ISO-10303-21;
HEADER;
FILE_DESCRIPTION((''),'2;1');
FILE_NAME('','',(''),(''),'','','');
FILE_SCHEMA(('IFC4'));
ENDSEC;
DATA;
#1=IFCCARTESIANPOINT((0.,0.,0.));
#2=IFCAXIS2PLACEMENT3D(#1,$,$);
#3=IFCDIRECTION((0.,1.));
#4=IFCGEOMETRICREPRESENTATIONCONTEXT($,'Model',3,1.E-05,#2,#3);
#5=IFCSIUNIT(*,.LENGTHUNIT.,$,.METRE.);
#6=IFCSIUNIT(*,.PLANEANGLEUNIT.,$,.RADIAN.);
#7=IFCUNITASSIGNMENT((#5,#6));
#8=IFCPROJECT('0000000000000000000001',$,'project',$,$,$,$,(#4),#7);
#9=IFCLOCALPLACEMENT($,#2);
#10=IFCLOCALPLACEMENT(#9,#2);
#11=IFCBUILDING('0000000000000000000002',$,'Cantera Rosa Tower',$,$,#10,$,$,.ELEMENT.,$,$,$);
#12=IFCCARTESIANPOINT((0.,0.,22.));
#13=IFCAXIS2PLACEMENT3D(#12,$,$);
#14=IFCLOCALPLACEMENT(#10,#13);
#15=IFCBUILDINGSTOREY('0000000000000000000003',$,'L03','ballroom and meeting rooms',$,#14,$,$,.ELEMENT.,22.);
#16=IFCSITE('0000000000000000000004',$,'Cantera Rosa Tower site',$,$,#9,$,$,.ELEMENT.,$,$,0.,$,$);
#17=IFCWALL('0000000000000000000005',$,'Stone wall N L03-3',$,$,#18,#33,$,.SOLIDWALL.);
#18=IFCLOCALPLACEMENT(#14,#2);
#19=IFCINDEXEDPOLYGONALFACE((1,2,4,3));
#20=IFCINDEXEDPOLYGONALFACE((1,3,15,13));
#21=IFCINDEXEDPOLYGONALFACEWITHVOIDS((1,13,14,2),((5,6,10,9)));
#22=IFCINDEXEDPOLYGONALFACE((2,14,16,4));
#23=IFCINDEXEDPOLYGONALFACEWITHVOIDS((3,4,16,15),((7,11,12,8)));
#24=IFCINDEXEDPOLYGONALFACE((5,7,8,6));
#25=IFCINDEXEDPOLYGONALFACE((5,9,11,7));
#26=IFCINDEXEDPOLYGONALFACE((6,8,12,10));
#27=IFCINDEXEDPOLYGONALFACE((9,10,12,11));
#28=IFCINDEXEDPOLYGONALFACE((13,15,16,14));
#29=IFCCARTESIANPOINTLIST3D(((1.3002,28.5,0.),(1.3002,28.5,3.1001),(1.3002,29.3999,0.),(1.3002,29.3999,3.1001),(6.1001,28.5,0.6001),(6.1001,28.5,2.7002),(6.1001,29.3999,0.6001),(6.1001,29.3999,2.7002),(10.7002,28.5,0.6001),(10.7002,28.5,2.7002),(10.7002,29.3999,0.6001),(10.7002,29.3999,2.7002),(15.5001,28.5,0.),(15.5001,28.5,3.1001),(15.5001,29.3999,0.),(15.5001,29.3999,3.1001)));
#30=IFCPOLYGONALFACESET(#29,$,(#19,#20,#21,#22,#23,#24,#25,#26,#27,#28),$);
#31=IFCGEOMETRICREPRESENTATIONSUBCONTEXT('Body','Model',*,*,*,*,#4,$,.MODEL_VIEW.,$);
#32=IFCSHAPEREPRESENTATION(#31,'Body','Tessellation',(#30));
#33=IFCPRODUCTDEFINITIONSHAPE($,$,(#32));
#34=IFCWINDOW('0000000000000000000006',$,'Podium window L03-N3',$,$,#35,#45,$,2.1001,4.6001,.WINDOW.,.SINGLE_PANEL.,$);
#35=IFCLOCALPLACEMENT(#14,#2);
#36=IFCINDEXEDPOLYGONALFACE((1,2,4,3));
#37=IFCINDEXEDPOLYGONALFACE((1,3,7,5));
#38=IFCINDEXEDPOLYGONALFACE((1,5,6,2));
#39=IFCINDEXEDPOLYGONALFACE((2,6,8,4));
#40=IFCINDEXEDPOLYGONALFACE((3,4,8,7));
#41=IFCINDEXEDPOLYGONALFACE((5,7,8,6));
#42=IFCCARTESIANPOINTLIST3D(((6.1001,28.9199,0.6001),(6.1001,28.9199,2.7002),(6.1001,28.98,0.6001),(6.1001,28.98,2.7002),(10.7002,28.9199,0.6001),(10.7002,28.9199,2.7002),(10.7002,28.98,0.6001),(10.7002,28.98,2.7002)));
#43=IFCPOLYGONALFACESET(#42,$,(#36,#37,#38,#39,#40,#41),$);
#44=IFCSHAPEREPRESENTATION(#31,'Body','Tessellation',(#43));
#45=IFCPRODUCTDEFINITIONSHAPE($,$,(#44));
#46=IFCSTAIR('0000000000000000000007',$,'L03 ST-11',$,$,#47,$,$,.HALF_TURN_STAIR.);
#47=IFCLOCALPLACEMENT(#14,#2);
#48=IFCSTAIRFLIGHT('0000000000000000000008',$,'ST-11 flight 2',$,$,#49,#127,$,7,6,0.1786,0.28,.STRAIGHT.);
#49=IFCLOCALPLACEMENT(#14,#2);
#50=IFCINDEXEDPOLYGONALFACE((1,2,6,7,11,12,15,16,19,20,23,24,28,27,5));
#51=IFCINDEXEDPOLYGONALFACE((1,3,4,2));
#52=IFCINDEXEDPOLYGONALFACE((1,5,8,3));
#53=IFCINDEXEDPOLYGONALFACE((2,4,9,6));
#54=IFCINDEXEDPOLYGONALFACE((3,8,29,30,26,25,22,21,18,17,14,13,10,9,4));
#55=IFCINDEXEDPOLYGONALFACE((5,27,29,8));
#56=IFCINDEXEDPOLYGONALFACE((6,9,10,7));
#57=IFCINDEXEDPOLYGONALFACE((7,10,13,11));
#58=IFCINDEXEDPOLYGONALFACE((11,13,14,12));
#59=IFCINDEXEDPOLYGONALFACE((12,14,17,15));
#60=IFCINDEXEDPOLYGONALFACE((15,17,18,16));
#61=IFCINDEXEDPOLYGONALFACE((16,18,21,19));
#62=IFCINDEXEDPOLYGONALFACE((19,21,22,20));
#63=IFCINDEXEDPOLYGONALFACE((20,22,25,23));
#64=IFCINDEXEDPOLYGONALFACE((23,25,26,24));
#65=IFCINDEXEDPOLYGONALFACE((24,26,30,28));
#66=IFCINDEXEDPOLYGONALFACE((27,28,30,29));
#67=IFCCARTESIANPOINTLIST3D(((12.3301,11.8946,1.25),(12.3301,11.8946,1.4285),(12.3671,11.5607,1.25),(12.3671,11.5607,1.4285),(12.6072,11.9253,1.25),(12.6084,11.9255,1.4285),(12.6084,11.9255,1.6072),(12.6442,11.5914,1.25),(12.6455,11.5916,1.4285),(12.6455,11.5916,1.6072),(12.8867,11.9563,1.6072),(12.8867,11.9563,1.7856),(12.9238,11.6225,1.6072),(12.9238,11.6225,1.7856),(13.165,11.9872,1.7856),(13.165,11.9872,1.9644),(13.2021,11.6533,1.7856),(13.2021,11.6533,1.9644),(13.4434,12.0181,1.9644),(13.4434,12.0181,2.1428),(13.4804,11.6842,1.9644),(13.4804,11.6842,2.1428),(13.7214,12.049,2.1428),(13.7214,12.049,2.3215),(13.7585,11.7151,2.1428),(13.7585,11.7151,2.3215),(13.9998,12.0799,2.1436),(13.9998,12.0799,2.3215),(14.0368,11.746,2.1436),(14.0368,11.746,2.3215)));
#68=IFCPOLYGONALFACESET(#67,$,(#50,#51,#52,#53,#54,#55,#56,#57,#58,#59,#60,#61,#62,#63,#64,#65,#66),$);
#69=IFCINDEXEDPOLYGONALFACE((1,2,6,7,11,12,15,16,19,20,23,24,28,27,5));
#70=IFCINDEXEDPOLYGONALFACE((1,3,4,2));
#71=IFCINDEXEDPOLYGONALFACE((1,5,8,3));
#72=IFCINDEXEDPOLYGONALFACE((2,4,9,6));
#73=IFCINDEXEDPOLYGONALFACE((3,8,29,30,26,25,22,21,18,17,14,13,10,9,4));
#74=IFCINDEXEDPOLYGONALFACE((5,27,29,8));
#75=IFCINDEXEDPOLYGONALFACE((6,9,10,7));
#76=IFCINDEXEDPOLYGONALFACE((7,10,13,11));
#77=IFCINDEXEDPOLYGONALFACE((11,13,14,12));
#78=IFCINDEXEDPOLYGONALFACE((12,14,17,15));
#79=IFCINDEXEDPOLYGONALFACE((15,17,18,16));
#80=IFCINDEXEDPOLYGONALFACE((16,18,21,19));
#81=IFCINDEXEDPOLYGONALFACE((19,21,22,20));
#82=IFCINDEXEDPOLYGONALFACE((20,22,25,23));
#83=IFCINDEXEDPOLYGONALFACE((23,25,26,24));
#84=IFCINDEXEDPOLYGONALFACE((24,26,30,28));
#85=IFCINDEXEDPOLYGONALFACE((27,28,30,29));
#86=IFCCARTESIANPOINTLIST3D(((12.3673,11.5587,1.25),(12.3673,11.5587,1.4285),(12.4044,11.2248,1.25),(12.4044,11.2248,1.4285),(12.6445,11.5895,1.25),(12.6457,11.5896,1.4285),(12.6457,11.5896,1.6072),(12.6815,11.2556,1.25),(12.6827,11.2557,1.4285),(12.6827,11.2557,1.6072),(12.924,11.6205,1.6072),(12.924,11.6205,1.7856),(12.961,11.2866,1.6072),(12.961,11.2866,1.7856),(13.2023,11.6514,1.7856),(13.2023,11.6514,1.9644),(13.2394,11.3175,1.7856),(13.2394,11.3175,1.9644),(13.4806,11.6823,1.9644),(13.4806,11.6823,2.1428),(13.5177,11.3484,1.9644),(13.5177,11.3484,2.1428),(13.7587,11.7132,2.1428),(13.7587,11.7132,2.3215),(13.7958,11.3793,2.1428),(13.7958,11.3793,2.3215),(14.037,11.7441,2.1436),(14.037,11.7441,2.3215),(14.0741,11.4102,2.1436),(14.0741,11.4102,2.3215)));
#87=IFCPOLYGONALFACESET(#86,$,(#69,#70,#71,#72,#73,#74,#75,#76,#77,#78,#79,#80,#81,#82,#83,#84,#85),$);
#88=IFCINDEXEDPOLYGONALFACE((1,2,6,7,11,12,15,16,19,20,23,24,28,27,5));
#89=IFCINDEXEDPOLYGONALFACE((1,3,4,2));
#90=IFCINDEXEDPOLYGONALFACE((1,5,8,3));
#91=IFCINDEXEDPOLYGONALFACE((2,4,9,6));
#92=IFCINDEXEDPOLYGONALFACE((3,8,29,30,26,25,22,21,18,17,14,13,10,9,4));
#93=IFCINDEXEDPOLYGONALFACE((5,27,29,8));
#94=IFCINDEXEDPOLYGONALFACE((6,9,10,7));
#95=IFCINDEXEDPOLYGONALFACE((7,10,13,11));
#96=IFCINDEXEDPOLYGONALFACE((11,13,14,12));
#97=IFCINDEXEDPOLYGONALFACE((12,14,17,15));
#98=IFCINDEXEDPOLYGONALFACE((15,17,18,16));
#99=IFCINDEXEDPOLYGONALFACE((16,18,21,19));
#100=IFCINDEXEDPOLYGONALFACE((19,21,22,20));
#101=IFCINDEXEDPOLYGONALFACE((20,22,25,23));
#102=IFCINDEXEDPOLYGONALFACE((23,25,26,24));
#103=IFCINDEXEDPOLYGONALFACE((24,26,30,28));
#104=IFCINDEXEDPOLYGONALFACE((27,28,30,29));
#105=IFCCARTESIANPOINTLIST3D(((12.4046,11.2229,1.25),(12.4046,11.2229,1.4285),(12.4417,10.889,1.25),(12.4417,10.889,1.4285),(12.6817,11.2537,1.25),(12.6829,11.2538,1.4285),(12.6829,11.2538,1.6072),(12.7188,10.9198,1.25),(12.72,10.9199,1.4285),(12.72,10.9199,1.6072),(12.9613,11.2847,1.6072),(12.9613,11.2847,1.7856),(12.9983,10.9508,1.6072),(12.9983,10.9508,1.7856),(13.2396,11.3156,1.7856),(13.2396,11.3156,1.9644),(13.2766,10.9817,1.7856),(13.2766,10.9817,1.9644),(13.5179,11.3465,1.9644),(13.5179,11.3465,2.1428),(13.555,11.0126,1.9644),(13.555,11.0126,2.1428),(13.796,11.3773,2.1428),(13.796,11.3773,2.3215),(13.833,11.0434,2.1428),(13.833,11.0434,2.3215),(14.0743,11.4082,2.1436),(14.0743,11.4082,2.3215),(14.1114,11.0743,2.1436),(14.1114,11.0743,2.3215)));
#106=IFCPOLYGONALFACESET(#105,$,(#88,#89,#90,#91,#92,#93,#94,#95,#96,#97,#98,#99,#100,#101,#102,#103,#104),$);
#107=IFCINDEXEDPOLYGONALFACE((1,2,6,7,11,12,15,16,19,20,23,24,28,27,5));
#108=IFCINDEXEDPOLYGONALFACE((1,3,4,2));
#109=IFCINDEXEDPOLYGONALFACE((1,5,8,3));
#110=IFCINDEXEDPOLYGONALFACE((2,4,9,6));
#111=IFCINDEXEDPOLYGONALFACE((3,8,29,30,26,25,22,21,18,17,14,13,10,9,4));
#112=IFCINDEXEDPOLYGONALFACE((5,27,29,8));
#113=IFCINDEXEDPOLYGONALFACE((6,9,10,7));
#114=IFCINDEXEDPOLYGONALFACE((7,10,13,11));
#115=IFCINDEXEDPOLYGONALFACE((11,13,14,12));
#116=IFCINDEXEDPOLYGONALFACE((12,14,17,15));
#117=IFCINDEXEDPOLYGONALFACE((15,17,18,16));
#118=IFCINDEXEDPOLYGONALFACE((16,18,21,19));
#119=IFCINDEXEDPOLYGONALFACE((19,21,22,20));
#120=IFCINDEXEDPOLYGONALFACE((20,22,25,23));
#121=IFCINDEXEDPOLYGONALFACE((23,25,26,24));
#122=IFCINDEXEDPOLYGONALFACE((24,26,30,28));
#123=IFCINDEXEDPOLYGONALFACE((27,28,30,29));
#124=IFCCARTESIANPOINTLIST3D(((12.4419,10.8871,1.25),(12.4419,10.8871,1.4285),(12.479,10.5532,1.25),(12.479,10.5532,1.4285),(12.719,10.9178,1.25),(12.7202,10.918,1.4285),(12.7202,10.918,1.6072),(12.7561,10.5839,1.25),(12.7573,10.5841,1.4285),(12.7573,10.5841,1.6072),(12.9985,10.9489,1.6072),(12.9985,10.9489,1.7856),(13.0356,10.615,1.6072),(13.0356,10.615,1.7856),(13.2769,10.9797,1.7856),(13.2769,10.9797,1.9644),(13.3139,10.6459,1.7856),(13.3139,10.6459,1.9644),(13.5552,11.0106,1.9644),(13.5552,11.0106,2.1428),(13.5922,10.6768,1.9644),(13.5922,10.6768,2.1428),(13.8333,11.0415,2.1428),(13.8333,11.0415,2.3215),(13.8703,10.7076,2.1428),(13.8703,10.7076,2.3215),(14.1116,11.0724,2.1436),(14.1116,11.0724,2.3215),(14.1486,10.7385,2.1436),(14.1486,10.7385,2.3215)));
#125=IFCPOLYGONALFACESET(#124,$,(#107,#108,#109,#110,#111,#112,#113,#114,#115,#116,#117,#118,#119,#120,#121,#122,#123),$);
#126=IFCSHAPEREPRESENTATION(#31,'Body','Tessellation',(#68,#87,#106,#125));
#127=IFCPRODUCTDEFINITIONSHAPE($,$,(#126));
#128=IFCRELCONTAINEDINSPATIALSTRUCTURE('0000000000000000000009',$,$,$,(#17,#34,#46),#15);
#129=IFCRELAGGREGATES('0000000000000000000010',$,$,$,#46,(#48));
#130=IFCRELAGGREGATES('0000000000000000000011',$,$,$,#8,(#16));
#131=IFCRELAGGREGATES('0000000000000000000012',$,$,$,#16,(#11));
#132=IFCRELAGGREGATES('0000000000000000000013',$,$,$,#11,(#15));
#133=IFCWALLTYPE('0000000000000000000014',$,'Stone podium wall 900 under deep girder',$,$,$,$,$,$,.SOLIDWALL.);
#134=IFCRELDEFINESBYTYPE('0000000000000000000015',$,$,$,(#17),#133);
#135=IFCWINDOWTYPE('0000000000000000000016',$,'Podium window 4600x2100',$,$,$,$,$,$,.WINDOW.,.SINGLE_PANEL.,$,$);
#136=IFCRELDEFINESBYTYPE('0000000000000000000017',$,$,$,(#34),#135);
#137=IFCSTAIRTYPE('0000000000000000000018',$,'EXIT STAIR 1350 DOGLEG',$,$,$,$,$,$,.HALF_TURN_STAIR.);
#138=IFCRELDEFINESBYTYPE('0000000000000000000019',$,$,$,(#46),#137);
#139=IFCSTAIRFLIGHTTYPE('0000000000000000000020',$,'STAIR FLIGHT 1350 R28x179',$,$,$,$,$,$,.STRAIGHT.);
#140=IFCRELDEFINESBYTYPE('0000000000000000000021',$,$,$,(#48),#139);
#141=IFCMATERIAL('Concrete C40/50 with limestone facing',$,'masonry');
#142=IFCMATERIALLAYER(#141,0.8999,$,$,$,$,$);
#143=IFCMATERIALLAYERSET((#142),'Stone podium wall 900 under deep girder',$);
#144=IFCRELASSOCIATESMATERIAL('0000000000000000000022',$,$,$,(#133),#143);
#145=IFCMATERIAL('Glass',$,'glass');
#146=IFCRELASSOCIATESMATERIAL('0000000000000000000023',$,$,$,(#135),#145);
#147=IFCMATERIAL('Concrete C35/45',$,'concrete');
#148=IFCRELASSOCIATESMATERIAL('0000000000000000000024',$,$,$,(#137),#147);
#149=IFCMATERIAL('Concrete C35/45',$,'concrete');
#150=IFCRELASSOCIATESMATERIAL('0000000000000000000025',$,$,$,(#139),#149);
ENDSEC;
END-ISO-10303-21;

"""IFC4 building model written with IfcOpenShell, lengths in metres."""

from ifc_helpers import new_model, si_unit, direction, frame, frame_2d, origin, place, context, subcontext, project, spatial, polyline, rectangle, outline, extrude, material, layer, layer_set, type_object, element, fill, aggregate, save


model = new_model("IFC4")

# Units and contexts
model_context = context("Model", 3, precision=1e-05, world=origin(), true_north=direction((0.0, 1.0)))
body_context = subcontext(model_context, "Body", "Model", "MODEL_VIEW")
ifc_project = project(units=[si_unit("LENGTHUNIT", "METRE"), si_unit("PLANEANGLEUNIT", "RADIAN")], contexts=[model_context])

# Site, building, storey
site_placement = place(None, origin())
site = spatial("IfcSite", under=ifc_project, at=site_placement, Name="Cantera Rosa Tower site", CompositionType="ELEMENT", RefElevation=0.0)
building_placement = place(site_placement, origin())
building = spatial("IfcBuilding", under=site, at=building_placement, Name="Cantera Rosa Tower", CompositionType="ELEMENT")
storey_placement = place(building_placement, frame((0.0, 0.0, 22.0)))
storey = spatial("IfcBuildingStorey", under=building, at=storey_placement, Name="L03", Description="ballroom and meeting rooms", CompositionType="ELEMENT", Elevation=22.0)

# Wall, opening, window
ifc_material_1 = material(Name="Concrete C40/50 with limestone facing", Category="masonry")
ifc_layer_1 = layer(ifc_material_1, 0.8999)
ifc_layer_set_1 = layer_set([ifc_layer_1], Name="Stone podium wall 900 under deep girder")
wall_type_1 = type_object("IfcWallType", Name="Stone podium wall 900 under deep girder", PredefinedType="SOLIDWALL", material=ifc_layer_set_1)
wall_1_placement = place(storey_placement, frame((1.3, 28.95, 0.0), z_axis=(0.0, 0.0, 1.0), x_axis=(1.0, 0.0, 0.0)))
wall_1 = element("IfcWall", 1, at=wall_1_placement, inside=storey, type_object=wall_type_1, Name="Stone wall N L03-3", PredefinedType="SOLIDWALL", context=body_context, shape_type="SweptSolid", body=[
    extrude(rectangle(XDim=14.2, YDim=0.8999, at=frame_2d((7.1001, 0.0))), origin(), (0.0, 0.0, 1.0), 3.1001),
])
opening_1_placement = place(wall_1_placement, frame((4.8, 0.0, 0.6001)))
opening_1 = element("IfcOpeningElement", 2, at=opening_1_placement, cuts=wall_1, PredefinedType="OPENING", context=body_context, shape_type="SweptSolid", body=[
    extrude(rectangle(XDim=4.6001, YDim=2.1001, at=frame_2d((2.3, 1.05))), frame((0.0, 0.46, 0.0), z_axis=(0.0, -1.0, 0.0), x_axis=(1.0, 0.0, 0.0)), (0.0, 0.0, 1.0), 0.9199),
])
ifc_material_2 = material(Name="Glass", Category="glass")
window_type = type_object("IfcWindowType", Name="Podium window 4600x2100", PartitioningType="SINGLE_PANEL", PredefinedType="WINDOW", material=ifc_material_2)
window_placement = place(opening_1_placement, origin())
window = element("IfcWindow", 3, at=window_placement, inside=storey, type_object=window_type, Name="Podium window L03-N3", OverallHeight=2.1001, OverallWidth=4.6001, PartitioningType="SINGLE_PANEL", PredefinedType="WINDOW", context=body_context, shape_type="SweptSolid", body=[
    extrude(rectangle(XDim=4.6001, YDim=2.1001, at=frame_2d((2.3, 1.05))), frame((0.0, 0.03, 0.0), z_axis=(0.0, -1.0, 0.0), x_axis=(1.0, 0.0, 0.0)), (0.0, 0.0, 1.0), 0.0601),
])
fill(opening_1, window)

# Stair, stair flight
ifc_material_3 = material(Name="Concrete C35/45", Category="concrete")
stair_type = type_object("IfcStairType", Name="EXIT STAIR 1350 DOGLEG", PredefinedType="HALF_TURN_STAIR", material=ifc_material_3)
stair_placement = place(storey_placement, origin())
stair = element("IfcStair", 4, at=stair_placement, inside=storey, type_object=stair_type, Name="L03 ST-11", PredefinedType="HALF_TURN_STAIR")
ifc_material_4 = material(Name="Concrete C35/45", Category="concrete")
stair_flight_type = type_object("IfcStairFlightType", Name="STAIR FLIGHT 1350 R28x179", PredefinedType="STRAIGHT", material=ifc_material_4)
stair_flight_1_placement = place(storey_placement, frame((12.4045, 11.2236, 1.25), z_axis=(0.0, 0.0, 1.0), x_axis=(0.993897, 0.110313, 0.0)))
stair_flight_1 = element("IfcStairFlight", 5, at=stair_flight_1_placement, type_object=stair_flight_type, Name="ST-11 flight 2", NumberOfRisers=7, NumberOfTreads=6, PredefinedType="STRAIGHT", RiserHeight=0.1786, TreadLength=0.28, context=body_context, shape_type="SweptSolid", body=[
    extrude(outline(polyline([(0.0, 0.0), (0.0, 0.1785), (0.28, 0.1785), (0.28, 0.3572), (0.5601, 0.3572), (0.5601, 0.5356), (0.8401, 0.5356), (0.8401, 0.7144), (1.1201, 0.7144), (1.1201, 0.8928), (1.3999, 0.8928), (1.3999, 1.0715), (1.6799, 1.0715), (1.6799, 1.25), (1.6799, 0.8936), (0.2788, 0.0), (0.0, 0.0)])), frame((0.0, 0.675, 0.0), z_axis=(0.0, -1.0, 0.0), x_axis=(1.0, 0.0, 0.0)), (0.0, 0.0, 1.0), 0.3359),
    extrude(outline(polyline([(0.0, 0.0), (0.0, 0.1785), (0.28, 0.1785), (0.28, 0.3572), (0.5601, 0.3572), (0.5601, 0.5356), (0.8401, 0.5356), (0.8401, 0.7144), (1.1201, 0.7144), (1.1201, 0.8928), (1.3999, 0.8928), (1.3999, 1.0715), (1.6799, 1.0715), (1.6799, 1.25), (1.6799, 0.8936), (0.2788, 0.0), (0.0, 0.0)])), frame((0.0, 0.3372, 0.0), z_axis=(0.0, -1.0, 0.0), x_axis=(1.0, 0.0, 0.0)), (0.0, 0.0, 1.0), 0.3359),
    extrude(outline(polyline([(0.0, 0.0), (0.0, 0.1785), (0.28, 0.1785), (0.28, 0.3572), (0.5601, 0.3572), (0.5601, 0.5356), (0.8401, 0.5356), (0.8401, 0.7144), (1.1201, 0.7144), (1.1201, 0.8928), (1.3999, 0.8928), (1.3999, 1.0715), (1.6799, 1.0715), (1.6799, 1.25), (1.6799, 0.8936), (0.2788, 0.0), (0.0, 0.0)])), frame((0.0, -0.0007, 0.0), z_axis=(0.0, -1.0, 0.0), x_axis=(1.0, 0.0, 0.0)), (0.0, 0.0, 1.0), 0.3359),
    extrude(outline(polyline([(0.0, 0.0), (0.0, 0.1785), (0.28, 0.1785), (0.28, 0.3572), (0.5601, 0.3572), (0.5601, 0.5356), (0.8401, 0.5356), (0.8401, 0.7144), (1.1201, 0.7144), (1.1201, 0.8928), (1.3999, 0.8928), (1.3999, 1.0715), (1.6799, 1.0715), (1.6799, 1.25), (1.6799, 0.8936), (0.2788, 0.0), (0.0, 0.0)])), frame((0.0, -0.3386, 0.0), z_axis=(0.0, -1.0, 0.0), x_axis=(1.0, 0.0, 0.0)), (0.0, 0.0, 1.0), 0.3359),
])
aggregate(stair, [stair_flight_1])

save(model, "model.ifc")
